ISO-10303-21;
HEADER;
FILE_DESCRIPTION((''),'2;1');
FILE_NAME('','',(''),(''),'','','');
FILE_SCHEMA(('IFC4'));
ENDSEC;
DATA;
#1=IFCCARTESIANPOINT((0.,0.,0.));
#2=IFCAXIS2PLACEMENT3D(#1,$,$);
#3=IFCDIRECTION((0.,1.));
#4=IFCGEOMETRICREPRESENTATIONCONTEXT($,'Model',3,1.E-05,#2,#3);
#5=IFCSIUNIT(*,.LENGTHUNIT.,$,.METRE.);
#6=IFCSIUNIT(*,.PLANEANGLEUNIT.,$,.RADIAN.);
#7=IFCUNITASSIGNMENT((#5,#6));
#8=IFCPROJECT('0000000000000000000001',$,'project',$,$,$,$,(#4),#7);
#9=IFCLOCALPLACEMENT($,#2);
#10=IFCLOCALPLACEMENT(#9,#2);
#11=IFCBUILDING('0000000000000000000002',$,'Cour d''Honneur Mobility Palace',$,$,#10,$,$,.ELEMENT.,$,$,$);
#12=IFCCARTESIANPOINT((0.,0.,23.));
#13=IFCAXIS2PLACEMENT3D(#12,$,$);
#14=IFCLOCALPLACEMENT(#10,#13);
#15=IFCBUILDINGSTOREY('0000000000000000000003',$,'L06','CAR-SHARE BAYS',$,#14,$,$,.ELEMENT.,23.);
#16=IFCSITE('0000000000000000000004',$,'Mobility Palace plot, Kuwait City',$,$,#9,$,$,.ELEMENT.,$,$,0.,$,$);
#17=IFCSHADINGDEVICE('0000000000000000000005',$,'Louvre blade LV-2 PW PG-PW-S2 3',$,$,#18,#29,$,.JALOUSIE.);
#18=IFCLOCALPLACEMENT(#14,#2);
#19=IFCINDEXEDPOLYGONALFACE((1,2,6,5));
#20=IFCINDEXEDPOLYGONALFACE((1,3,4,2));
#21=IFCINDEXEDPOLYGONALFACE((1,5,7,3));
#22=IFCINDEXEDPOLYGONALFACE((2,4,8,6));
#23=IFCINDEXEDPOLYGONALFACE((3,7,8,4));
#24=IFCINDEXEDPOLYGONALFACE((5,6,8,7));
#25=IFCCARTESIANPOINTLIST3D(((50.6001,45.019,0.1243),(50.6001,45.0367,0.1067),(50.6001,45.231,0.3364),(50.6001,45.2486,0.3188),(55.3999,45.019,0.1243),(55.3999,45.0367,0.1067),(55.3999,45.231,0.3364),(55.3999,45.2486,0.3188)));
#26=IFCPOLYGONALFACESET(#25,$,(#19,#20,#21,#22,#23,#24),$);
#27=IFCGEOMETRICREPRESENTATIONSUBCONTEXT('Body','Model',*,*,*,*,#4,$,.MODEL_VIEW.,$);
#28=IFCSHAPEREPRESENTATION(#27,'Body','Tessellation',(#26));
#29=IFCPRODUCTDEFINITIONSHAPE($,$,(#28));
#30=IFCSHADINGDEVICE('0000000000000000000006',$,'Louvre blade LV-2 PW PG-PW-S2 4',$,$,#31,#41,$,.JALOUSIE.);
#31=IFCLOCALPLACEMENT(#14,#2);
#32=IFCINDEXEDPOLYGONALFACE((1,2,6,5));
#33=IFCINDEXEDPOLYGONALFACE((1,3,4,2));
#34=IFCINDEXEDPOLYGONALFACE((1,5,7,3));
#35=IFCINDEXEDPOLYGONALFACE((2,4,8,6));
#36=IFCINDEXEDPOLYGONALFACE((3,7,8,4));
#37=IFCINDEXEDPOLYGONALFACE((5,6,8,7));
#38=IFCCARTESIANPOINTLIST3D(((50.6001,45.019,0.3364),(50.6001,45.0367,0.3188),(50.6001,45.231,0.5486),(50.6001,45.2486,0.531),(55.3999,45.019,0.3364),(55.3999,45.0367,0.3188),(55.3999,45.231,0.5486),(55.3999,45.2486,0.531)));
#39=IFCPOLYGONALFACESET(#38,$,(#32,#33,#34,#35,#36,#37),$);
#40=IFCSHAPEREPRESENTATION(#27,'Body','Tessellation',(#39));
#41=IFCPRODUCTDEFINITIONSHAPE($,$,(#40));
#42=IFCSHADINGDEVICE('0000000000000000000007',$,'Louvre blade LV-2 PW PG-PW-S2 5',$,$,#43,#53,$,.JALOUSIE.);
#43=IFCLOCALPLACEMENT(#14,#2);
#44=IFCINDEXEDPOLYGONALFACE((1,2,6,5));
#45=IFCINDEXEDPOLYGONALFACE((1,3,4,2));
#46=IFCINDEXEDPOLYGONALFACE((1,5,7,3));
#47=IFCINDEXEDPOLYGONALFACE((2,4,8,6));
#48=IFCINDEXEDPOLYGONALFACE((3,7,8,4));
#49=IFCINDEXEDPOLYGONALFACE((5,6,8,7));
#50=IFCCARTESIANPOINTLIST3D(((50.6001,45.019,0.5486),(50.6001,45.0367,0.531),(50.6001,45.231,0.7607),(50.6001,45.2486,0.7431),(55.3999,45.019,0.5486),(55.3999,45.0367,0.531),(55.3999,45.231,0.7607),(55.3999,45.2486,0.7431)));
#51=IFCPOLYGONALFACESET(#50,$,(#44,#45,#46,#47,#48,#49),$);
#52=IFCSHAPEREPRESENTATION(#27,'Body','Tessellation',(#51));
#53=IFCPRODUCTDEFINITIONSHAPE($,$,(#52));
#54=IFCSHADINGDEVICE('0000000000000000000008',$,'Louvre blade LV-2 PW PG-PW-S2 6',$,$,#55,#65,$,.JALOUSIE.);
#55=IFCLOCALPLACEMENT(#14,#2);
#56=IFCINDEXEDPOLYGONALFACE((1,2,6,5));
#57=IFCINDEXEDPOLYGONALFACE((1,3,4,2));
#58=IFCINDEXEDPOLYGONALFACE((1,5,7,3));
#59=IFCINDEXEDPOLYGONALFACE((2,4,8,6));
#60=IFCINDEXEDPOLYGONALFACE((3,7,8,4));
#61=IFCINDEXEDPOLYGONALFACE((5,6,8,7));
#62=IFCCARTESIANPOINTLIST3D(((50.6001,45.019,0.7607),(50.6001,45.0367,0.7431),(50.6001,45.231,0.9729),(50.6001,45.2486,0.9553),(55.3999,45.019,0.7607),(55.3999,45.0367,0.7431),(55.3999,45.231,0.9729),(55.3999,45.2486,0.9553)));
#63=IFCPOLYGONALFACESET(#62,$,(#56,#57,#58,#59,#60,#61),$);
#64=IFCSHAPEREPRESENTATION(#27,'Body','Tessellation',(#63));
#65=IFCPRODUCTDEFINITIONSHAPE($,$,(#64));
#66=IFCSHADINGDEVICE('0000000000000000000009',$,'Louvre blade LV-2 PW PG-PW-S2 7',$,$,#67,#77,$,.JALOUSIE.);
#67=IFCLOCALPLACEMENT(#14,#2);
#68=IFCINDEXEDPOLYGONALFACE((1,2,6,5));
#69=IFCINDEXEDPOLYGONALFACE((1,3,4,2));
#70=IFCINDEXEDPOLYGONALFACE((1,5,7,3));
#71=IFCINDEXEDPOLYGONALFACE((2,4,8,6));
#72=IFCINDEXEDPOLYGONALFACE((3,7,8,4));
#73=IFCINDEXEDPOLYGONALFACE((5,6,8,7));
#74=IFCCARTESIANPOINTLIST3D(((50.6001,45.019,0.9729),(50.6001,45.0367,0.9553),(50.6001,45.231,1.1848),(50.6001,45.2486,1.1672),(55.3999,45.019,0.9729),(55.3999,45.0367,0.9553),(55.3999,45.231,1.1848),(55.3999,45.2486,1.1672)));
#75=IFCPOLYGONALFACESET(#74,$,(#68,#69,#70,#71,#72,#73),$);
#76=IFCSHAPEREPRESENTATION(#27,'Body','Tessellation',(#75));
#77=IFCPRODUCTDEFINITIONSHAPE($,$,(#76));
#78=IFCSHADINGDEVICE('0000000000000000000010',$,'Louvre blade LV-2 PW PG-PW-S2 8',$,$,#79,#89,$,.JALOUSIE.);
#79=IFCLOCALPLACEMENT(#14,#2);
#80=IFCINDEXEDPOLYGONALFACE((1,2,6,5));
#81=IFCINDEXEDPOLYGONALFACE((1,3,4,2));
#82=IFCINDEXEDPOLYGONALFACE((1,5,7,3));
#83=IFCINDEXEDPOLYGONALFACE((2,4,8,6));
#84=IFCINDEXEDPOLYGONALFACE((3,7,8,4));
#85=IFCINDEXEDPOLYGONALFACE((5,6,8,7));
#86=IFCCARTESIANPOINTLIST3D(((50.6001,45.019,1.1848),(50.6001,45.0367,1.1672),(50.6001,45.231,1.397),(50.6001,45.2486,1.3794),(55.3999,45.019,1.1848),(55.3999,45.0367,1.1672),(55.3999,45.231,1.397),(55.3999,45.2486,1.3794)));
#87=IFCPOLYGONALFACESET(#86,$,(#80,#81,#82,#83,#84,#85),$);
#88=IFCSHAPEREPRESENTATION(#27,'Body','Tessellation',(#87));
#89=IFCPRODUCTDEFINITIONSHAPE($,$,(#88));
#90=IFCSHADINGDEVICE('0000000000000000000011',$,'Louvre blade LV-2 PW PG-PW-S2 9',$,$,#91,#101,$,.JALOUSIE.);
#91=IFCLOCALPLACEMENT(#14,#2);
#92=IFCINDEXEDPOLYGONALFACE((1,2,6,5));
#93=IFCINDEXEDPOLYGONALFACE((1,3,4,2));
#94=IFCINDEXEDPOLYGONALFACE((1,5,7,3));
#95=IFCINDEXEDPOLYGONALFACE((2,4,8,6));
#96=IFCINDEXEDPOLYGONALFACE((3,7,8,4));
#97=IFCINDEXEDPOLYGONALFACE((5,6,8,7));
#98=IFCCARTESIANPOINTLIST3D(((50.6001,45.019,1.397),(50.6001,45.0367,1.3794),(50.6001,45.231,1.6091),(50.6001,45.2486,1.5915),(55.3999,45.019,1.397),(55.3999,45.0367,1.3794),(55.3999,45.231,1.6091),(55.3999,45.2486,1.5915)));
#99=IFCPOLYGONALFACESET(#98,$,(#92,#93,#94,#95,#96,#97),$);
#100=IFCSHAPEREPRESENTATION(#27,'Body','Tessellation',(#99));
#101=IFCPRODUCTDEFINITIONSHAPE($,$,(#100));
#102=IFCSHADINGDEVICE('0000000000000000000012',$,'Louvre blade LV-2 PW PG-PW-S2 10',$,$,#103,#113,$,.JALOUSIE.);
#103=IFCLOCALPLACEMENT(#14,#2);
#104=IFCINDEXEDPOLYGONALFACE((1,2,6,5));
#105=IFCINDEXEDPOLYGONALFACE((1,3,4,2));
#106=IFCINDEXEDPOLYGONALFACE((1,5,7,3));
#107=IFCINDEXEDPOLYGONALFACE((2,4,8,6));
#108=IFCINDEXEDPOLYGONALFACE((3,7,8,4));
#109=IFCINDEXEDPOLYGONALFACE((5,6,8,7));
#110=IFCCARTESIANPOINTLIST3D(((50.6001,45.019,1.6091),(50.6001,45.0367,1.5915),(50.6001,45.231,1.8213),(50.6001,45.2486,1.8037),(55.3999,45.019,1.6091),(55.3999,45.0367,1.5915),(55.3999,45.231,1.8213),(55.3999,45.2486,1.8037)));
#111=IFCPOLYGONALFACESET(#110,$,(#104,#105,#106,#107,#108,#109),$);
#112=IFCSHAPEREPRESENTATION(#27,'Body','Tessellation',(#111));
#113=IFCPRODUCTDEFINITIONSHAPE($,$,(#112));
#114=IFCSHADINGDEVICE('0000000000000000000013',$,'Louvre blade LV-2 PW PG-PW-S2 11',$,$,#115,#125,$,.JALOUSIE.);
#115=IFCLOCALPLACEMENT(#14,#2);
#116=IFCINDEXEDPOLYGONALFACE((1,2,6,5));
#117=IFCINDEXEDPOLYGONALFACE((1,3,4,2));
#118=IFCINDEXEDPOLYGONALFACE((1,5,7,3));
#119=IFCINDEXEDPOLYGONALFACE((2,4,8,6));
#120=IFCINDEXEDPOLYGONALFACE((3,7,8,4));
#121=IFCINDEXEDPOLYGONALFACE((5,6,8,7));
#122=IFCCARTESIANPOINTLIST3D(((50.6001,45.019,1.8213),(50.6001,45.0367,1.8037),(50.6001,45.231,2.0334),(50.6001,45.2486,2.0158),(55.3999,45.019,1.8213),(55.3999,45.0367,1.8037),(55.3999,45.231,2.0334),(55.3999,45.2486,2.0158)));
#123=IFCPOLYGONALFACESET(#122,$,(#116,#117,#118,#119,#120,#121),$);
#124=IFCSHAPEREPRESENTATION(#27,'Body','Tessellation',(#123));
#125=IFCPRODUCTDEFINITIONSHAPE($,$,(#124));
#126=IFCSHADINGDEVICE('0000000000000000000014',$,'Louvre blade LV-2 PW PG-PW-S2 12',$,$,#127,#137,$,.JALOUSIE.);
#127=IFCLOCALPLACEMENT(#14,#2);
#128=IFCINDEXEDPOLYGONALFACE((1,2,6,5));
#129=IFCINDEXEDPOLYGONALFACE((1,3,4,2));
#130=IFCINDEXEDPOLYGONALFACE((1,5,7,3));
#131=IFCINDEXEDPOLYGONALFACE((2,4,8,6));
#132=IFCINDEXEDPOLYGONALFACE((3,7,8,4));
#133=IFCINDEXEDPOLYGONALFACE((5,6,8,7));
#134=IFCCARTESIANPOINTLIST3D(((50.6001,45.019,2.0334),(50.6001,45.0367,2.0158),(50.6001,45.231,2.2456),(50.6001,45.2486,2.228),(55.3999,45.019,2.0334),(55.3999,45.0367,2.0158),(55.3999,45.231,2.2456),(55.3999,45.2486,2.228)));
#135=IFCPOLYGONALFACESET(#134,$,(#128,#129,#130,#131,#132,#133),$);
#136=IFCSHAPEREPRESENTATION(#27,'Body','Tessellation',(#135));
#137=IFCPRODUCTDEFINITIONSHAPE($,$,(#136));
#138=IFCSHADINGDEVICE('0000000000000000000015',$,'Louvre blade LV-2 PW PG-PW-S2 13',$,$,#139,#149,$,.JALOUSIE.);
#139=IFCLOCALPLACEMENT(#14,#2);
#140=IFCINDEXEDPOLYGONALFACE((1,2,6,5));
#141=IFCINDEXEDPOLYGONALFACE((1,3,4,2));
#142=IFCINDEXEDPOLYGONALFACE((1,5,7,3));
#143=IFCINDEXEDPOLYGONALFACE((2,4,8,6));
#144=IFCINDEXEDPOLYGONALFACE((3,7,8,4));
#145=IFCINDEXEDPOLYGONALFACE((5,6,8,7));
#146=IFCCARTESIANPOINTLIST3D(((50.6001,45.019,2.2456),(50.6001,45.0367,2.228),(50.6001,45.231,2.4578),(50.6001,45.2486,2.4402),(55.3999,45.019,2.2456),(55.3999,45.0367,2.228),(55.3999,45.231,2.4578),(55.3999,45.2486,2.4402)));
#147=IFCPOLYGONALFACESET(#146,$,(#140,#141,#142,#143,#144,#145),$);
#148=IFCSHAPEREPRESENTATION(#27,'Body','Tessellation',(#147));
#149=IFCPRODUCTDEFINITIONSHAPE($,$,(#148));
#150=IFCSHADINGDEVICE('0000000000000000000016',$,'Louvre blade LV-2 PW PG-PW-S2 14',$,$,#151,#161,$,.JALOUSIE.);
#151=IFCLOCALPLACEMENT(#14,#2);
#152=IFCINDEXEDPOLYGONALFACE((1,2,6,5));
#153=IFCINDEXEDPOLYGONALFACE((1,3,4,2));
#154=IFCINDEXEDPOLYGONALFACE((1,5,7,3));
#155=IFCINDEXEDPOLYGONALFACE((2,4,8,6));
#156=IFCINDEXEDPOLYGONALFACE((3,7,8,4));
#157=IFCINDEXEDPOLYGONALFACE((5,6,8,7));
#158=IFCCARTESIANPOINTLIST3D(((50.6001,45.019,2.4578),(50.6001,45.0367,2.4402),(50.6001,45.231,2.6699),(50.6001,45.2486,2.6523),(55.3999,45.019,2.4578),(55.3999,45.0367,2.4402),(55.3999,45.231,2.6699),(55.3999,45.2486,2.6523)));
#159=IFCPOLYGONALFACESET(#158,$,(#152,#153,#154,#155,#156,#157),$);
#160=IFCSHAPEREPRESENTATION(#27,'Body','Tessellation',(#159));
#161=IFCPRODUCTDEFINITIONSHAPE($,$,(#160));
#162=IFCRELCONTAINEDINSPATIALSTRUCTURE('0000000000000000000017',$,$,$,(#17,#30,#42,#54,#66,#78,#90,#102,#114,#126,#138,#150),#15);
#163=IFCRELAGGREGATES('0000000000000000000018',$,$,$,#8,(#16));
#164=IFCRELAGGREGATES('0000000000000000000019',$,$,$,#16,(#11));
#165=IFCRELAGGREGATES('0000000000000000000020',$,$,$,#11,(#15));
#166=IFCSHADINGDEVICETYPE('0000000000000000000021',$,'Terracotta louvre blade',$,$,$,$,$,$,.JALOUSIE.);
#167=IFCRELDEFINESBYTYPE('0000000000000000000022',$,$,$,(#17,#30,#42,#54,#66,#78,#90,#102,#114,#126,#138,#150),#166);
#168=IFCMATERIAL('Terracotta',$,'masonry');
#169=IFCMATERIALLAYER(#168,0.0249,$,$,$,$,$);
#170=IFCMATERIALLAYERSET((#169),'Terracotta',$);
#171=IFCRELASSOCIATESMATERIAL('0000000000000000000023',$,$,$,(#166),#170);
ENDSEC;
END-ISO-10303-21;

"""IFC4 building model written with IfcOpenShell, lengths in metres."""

from ifc_helpers import new_model, si_unit, direction, frame, origin, place, context, subcontext, project, spatial, polyline, outline, extrude, material, layer, layer_set, type_object, element, save


model = new_model("IFC4")

# Units and contexts
model_context = context("Model", 3, precision=1e-05, world=origin(), true_north=direction((0.0, 1.0)))
body_context = subcontext(model_context, "Body", "Model", "MODEL_VIEW")
ifc_project = project(units=[si_unit("LENGTHUNIT", "METRE"), si_unit("PLANEANGLEUNIT", "RADIAN")], contexts=[model_context])

# Site, building, storey
site_placement = place(None, origin())
site = spatial("IfcSite", under=ifc_project, at=site_placement, Name="Mobility Palace plot, Kuwait City", CompositionType="ELEMENT", RefElevation=0.0)
building_placement = place(site_placement, origin())
building = spatial("IfcBuilding", under=site, at=building_placement, Name="Cour d'Honneur Mobility Palace", CompositionType="ELEMENT")
storey_placement = place(building_placement, frame((0.0, 0.0, 23.0)))
storey = spatial("IfcBuildingStorey", under=building, at=storey_placement, Name="L06", Description="CAR-SHARE BAYS", CompositionType="ELEMENT", Elevation=23.0)

# Shading devices
ifc_material_1 = material(Name="Terracotta", Category="masonry")
ifc_layer = layer(ifc_material_1, 0.0249)
ifc_layer_set = layer_set([ifc_layer], Name="Terracotta")
shading_device_type = type_object("IfcShadingDeviceType", Name="Terracotta louvre blade", PredefinedType="JALOUSIE", material=ifc_layer_set)
for number, where, z_axis, x_axis, name in (
    (1, (50.6001, 45.019, 0.1243), (0.0, -0.707514, 0.7067), (1.0, 0.0, 0.0), "Louvre blade LV-2 PW PG-PW-S2 3"),
    (2, (50.6001, 45.019, 0.3364), (0.0, -0.707514, 0.7067), (1.0, 0.0, 0.0), "Louvre blade LV-2 PW PG-PW-S2 4"),
    (3, (50.6001, 45.019, 0.5486), (0.0, -0.707514, 0.7067), (1.0, 0.0, 0.0), "Louvre blade LV-2 PW PG-PW-S2 5"),
    (4, (50.6001, 45.019, 0.7607), (0.0, -0.707514, 0.7067), (1.0, 0.0, 0.0), "Louvre blade LV-2 PW PG-PW-S2 6"),
):
    element("IfcShadingDevice", number, at=place(storey_placement, frame(where, z_axis=z_axis, x_axis=x_axis)), inside=storey, type_object=shading_device_type, Name=name, PredefinedType="JALOUSIE", context=body_context, shape_type="SweptSolid", body=[
        extrude(outline(polyline([(0.0, 0.0), (4.7998, 0.0), (4.7998, 0.2999), (0.0, 0.2999), (0.0, 0.0)])), origin(), (0.0, 0.0, -1.0), 0.0249),
    ])
shading_device_1_placement = place(storey_placement, frame((50.6001, 45.019, 0.9729), z_axis=(0.0, -0.707107, 0.707107), x_axis=(1.0, 0.0, 0.0)))
element("IfcShadingDevice", 5, at=shading_device_1_placement, inside=storey, type_object=shading_device_type, Name="Louvre blade LV-2 PW PG-PW-S2 7", PredefinedType="JALOUSIE", context=body_context, shape_type="SweptSolid", body=[
    extrude(outline(polyline([(0.0, 0.0), (4.7998, 0.0), (4.7998, 0.2997), (0.0, 0.2997), (0.0, 0.0)])), origin(), (0.0, 0.0, -1.0), 0.0249),
])
for number, where, z_axis, x_axis, name in (
    (6, (50.6001, 45.019, 1.1848), (0.0, -0.707514, 0.7067), (1.0, 0.0, 0.0), "Louvre blade LV-2 PW PG-PW-S2 8"),
    (7, (50.6001, 45.019, 1.397), (0.0, -0.707514, 0.7067), (1.0, 0.0, 0.0), "Louvre blade LV-2 PW PG-PW-S2 9"),
    (8, (50.6001, 45.019, 1.6091), (0.0, -0.707514, 0.7067), (1.0, 0.0, 0.0), "Louvre blade LV-2 PW PG-PW-S2 10"),
    (9, (50.6001, 45.019, 1.8213), (0.0, -0.707514, 0.7067), (1.0, 0.0, 0.0), "Louvre blade LV-2 PW PG-PW-S2 11"),
    (10, (50.6001, 45.019, 2.0334), (0.0, -0.707514, 0.7067), (1.0, 0.0, 0.0), "Louvre blade LV-2 PW PG-PW-S2 12"),
    (11, (50.6001, 45.019, 2.2456), (0.0, -0.707514, 0.7067), (1.0, 0.0, 0.0), "Louvre blade LV-2 PW PG-PW-S2 13"),
    (12, (50.6001, 45.019, 2.4578), (0.0, -0.707514, 0.7067), (1.0, 0.0, 0.0), "Louvre blade LV-2 PW PG-PW-S2 14"),
):
    element("IfcShadingDevice", number, at=place(storey_placement, frame(where, z_axis=z_axis, x_axis=x_axis)), inside=storey, type_object=shading_device_type, Name=name, PredefinedType="JALOUSIE", context=body_context, shape_type="SweptSolid", body=[
        extrude(outline(polyline([(0.0, 0.0), (4.7998, 0.0), (4.7998, 0.2999), (0.0, 0.2999), (0.0, 0.0)])), origin(), (0.0, 0.0, -1.0), 0.0249),
    ])

save(model, "model.ifc")
